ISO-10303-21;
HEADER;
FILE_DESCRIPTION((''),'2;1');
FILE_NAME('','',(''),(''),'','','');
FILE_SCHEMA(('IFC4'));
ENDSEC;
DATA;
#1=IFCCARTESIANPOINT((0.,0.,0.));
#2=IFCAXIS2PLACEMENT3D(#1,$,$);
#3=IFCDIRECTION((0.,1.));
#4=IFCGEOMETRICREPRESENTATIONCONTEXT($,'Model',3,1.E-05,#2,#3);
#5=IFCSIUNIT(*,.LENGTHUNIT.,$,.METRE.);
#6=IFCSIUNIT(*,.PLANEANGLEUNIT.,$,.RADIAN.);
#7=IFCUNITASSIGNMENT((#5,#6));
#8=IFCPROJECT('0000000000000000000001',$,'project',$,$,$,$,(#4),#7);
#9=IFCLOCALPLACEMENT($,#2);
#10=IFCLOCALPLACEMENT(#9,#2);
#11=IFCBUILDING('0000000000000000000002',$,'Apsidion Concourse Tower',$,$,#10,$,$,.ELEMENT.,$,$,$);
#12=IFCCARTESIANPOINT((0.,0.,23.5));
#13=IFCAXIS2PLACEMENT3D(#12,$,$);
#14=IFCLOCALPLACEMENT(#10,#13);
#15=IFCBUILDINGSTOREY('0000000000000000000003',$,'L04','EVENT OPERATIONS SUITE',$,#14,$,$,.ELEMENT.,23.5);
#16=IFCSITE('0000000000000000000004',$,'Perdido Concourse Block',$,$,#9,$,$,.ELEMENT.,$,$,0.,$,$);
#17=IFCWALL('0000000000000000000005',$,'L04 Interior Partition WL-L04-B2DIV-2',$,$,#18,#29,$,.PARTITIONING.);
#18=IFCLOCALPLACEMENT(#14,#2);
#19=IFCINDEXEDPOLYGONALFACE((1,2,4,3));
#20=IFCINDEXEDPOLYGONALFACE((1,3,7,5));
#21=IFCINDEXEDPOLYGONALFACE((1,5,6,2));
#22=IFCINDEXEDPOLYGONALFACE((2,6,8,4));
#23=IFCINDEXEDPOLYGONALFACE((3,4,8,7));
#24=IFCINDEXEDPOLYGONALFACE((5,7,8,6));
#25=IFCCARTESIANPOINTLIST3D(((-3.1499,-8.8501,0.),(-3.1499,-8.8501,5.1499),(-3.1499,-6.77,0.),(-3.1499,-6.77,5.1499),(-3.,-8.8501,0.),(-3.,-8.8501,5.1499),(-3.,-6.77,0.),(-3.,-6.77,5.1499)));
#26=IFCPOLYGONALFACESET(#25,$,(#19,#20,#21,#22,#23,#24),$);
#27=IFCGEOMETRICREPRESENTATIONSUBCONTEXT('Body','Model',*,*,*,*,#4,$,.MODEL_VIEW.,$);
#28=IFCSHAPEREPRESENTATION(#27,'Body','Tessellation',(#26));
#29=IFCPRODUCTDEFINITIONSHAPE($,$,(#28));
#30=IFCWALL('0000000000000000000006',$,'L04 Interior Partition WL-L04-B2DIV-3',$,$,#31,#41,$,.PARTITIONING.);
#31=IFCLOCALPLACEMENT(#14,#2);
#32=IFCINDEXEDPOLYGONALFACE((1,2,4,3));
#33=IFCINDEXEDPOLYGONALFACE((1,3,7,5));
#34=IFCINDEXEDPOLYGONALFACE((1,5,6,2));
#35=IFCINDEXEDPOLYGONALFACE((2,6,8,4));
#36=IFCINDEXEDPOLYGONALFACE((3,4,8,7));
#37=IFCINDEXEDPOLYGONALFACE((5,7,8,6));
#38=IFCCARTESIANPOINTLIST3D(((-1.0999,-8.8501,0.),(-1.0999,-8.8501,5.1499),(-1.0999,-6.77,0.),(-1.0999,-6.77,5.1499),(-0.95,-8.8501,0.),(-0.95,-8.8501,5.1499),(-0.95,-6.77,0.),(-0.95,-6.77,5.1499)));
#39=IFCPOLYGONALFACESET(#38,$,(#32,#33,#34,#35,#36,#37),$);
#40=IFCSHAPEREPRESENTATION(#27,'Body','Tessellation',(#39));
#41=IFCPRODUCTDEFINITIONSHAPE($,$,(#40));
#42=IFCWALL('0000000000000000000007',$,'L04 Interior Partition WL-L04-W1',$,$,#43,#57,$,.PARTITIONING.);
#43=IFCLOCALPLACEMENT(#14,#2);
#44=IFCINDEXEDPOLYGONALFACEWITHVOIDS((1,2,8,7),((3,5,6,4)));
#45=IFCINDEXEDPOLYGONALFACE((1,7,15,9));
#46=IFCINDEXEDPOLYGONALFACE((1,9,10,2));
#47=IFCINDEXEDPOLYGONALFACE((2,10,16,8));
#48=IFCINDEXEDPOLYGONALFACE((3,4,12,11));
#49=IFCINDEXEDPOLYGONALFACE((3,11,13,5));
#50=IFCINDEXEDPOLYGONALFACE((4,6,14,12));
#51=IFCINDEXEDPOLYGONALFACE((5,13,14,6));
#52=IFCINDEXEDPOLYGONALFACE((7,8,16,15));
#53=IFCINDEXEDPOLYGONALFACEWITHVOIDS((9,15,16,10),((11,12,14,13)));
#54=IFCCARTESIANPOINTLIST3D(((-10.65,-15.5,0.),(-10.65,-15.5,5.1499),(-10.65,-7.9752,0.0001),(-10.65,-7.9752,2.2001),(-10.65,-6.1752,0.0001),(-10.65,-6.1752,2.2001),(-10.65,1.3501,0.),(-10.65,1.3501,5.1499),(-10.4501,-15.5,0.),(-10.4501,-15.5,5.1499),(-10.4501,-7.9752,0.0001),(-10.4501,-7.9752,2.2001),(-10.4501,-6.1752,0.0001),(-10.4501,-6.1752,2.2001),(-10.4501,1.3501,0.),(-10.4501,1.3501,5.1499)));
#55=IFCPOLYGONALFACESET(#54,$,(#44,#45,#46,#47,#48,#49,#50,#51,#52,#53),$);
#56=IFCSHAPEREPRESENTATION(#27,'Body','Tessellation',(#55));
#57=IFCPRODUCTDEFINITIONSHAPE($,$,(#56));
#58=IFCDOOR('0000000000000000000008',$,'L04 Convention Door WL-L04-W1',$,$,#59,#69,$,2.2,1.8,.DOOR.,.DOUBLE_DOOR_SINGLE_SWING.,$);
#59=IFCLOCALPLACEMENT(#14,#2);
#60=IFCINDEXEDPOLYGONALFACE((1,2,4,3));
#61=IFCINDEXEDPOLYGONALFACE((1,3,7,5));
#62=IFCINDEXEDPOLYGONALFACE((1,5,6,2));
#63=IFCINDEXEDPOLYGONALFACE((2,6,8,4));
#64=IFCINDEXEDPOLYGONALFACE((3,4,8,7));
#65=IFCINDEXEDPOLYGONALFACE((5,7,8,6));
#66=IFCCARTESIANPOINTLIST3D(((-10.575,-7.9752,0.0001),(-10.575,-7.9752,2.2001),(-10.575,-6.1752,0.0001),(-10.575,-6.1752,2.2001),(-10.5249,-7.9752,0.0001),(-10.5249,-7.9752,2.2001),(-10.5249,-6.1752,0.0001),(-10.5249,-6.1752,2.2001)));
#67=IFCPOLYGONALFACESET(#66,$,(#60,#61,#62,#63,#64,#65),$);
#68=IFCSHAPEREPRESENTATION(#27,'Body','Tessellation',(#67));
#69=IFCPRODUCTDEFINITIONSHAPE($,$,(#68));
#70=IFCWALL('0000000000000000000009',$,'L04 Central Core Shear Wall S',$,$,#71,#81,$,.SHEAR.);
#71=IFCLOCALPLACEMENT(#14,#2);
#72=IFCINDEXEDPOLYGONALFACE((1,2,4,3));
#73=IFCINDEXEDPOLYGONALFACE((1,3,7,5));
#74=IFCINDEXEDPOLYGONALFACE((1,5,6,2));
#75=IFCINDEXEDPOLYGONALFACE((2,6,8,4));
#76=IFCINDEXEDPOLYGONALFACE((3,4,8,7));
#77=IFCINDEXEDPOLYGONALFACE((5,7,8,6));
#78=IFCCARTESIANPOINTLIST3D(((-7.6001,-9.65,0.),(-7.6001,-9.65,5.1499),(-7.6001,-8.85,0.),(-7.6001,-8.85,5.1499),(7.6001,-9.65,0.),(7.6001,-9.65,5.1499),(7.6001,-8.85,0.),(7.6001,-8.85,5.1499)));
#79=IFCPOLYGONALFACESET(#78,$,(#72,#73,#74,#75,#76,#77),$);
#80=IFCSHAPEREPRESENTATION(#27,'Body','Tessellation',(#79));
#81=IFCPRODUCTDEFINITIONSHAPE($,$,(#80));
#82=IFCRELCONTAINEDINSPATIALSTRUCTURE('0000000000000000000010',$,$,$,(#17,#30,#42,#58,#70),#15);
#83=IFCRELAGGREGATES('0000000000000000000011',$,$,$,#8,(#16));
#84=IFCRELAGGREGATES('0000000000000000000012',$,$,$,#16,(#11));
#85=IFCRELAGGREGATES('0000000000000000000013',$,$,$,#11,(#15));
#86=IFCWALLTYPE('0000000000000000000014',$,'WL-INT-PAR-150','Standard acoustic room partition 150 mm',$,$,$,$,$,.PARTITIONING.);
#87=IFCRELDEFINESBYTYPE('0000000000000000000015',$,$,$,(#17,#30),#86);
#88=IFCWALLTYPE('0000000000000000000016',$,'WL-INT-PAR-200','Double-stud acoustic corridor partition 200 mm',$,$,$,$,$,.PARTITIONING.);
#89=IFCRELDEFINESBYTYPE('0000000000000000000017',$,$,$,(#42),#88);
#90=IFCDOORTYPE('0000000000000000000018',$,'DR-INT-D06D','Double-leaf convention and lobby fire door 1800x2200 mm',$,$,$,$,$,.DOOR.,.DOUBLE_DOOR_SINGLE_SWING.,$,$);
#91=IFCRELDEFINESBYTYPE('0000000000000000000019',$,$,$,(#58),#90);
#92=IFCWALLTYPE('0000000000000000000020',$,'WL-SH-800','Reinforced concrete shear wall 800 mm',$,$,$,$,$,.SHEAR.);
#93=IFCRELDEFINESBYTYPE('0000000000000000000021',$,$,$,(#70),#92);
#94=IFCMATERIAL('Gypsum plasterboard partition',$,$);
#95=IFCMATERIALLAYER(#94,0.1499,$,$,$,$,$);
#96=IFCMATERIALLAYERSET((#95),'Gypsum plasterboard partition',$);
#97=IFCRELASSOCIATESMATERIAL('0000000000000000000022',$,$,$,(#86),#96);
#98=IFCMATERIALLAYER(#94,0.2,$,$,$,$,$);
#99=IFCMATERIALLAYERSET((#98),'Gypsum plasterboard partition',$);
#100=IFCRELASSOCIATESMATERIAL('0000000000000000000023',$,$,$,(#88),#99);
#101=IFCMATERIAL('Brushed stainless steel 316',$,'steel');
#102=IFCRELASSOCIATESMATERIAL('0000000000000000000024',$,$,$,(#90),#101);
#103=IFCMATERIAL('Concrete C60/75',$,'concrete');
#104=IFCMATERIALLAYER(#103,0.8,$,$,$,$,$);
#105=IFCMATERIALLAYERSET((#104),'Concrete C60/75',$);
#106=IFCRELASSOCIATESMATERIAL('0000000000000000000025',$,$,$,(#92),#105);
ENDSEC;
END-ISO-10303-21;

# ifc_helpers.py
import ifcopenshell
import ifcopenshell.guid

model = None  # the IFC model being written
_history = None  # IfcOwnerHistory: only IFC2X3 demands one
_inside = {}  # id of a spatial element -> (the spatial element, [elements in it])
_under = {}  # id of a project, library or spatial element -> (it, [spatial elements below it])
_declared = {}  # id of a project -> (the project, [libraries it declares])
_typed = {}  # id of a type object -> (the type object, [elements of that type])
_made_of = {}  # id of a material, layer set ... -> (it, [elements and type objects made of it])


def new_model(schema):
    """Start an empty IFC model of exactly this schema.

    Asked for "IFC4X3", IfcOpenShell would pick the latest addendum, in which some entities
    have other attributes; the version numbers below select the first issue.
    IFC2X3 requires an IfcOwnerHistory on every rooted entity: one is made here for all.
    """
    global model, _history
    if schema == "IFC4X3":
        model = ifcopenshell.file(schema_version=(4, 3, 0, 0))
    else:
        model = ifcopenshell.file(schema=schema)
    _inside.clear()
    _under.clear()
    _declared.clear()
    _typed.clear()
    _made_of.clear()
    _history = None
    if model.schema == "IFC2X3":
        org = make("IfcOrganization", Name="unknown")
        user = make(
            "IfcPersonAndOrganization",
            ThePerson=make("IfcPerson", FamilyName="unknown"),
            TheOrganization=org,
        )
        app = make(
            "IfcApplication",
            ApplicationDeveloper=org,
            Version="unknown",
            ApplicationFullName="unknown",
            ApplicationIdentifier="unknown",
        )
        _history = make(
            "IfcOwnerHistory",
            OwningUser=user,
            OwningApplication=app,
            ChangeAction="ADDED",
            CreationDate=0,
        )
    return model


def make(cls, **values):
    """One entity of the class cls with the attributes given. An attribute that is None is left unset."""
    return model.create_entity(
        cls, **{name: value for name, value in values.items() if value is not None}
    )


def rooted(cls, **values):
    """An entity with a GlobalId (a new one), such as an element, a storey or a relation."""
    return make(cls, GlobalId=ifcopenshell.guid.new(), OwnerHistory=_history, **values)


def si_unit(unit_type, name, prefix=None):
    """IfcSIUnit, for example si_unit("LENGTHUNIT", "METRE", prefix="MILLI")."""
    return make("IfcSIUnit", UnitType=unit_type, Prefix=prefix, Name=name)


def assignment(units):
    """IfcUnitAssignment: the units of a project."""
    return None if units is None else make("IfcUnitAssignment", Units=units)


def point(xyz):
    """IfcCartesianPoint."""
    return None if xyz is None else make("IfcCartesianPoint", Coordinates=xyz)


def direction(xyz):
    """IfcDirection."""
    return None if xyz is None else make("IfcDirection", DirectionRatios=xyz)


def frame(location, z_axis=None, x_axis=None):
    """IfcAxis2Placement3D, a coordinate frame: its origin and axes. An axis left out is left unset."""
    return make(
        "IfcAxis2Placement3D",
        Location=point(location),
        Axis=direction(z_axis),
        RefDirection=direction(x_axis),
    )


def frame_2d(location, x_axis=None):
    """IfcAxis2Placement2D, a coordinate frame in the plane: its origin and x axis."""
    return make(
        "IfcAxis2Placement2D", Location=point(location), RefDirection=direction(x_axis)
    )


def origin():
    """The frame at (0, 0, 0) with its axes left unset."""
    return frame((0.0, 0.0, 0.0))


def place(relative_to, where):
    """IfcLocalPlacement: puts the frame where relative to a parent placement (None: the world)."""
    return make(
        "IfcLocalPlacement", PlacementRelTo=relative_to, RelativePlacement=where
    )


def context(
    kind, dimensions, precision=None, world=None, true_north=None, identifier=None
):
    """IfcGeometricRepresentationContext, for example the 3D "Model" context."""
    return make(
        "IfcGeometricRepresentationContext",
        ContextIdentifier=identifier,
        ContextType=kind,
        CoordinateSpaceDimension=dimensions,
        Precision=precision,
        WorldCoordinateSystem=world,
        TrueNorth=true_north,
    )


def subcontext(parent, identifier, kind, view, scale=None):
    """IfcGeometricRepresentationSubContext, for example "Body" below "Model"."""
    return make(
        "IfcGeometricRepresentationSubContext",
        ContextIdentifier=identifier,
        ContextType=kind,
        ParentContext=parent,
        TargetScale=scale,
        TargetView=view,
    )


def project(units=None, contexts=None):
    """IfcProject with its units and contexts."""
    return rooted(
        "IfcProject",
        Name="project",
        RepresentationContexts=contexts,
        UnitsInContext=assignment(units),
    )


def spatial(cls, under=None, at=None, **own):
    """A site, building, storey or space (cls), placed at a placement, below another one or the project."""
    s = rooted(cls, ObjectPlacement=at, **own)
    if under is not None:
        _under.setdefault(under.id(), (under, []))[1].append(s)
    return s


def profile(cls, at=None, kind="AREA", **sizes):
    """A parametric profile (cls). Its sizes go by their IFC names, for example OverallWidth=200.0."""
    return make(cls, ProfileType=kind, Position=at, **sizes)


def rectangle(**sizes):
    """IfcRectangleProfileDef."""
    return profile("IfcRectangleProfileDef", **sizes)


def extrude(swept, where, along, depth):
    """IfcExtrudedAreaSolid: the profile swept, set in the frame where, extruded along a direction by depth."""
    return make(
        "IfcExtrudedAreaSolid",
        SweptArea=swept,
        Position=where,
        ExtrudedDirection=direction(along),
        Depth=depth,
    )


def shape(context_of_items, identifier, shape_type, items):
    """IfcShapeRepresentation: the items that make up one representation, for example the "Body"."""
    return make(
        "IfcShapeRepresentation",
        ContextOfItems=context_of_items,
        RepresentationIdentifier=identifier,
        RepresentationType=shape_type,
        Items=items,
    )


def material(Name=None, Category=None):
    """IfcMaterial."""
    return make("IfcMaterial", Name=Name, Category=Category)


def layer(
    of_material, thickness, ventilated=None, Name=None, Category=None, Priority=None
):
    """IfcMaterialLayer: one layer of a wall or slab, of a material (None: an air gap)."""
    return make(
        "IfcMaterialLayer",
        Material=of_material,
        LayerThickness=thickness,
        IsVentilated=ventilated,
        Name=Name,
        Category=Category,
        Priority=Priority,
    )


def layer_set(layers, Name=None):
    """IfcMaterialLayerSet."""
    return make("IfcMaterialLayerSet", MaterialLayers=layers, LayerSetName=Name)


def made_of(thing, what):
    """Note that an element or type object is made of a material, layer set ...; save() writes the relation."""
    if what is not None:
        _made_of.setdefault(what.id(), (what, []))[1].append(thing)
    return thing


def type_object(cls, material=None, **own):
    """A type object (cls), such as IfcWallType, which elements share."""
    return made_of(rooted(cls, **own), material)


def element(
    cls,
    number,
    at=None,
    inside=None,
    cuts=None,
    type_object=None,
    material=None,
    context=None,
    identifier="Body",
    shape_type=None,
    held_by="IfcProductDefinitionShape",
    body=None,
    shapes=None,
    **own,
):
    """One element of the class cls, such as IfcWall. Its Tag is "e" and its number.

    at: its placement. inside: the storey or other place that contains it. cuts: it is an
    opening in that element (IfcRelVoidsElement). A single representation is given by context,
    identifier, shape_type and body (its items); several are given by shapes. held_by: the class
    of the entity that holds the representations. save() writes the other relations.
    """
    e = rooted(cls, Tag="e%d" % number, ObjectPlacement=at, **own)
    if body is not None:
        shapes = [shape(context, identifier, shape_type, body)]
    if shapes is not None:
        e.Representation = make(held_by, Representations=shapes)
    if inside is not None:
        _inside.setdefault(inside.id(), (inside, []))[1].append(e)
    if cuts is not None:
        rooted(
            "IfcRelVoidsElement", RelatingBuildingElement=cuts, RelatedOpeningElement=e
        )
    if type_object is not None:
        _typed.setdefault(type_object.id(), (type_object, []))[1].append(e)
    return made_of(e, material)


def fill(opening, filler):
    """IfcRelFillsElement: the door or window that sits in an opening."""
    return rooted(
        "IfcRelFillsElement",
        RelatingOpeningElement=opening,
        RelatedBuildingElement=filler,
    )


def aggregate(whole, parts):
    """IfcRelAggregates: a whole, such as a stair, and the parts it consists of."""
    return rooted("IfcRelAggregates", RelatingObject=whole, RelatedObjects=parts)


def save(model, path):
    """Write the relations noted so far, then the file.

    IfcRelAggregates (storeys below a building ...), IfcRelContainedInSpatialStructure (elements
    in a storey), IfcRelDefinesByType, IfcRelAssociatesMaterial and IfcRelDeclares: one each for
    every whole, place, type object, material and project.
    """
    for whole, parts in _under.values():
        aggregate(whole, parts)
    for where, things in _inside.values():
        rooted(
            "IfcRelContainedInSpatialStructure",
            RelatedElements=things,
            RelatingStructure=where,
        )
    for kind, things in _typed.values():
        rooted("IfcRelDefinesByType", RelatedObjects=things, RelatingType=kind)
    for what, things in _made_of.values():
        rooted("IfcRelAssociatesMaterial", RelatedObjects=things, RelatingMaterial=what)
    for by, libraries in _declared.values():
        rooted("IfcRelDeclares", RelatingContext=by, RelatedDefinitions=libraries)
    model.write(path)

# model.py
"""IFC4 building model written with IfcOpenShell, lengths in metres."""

from ifc_helpers import new_model, si_unit, direction, frame, frame_2d, origin, place, context, subcontext, project, spatial, rectangle, extrude, material, layer, layer_set, type_object, element, fill, save


model = new_model("IFC4")

# Units and contexts
model_context = context("Model", 3, precision=1e-05, world=origin(), true_north=direction((0.0, 1.0)))
body_context = subcontext(model_context, "Body", "Model", "MODEL_VIEW")
ifc_project = project(units=[si_unit("LENGTHUNIT", "METRE"), si_unit("PLANEANGLEUNIT", "RADIAN")], contexts=[model_context])

# Site, building, storey
site_placement = place(None, origin())
site = spatial("IfcSite", under=ifc_project, at=site_placement, Name="Perdido Concourse Block", CompositionType="ELEMENT", RefElevation=0.0)
building_placement = place(site_placement, origin())
building = spatial("IfcBuilding", under=site, at=building_placement, Name="Apsidion Concourse Tower", CompositionType="ELEMENT")
storey_placement = place(building_placement, frame((0.0, 0.0, 23.5)))
storey = spatial("IfcBuildingStorey", under=building, at=storey_placement, Name="L04", Description="EVENT OPERATIONS SUITE", CompositionType="ELEMENT", Elevation=23.5)

# Shared definitions
ifc_material_1 = material(Name="Concrete C60/75", Category="concrete")

# Walls
ifc_material_2 = material(Name="Gypsum plasterboard partition")
ifc_layer_1 = layer(ifc_material_2, 0.1499)
ifc_layer_set_1 = layer_set([ifc_layer_1], Name="Gypsum plasterboard partition")
wall_type_1 = type_object("IfcWallType", Name="WL-INT-PAR-150", Description="Standard acoustic room partition 150 mm", PredefinedType="PARTITIONING", material=ifc_layer_set_1)
for number, where, z_axis, x_axis, name in (
    (1, (-3.075, -8.8501, 0.0), (0.0, 0.0, 1.0), (0.0, 1.0, 0.0), "L04 Interior Partition WL-L04-B2DIV-2"),
    (2, (-1.0249, -8.8501, 0.0), (0.0, 0.0, 1.0), (0.0, 1.0, 0.0), "L04 Interior Partition WL-L04-B2DIV-3"),
):
    element("IfcWall", number, at=place(storey_placement, frame(where, z_axis=z_axis, x_axis=x_axis)), inside=storey, type_object=wall_type_1, Name=name, PredefinedType="PARTITIONING", context=body_context, shape_type="SweptSolid", body=[
        extrude(rectangle(XDim=2.0801, YDim=0.1499, at=frame_2d((1.04, 0.0))), origin(), (0.0, 0.0, 1.0), 5.1499),
    ])

# Wall, opening, door
ifc_layer_2 = layer(ifc_material_2, 0.2)
ifc_layer_set_2 = layer_set([ifc_layer_2], Name="Gypsum plasterboard partition")
wall_type_2 = type_object("IfcWallType", Name="WL-INT-PAR-200", Description="Double-stud acoustic corridor partition 200 mm", PredefinedType="PARTITIONING", material=ifc_layer_set_2)
wall_1_placement = place(storey_placement, frame((-10.55, -15.5, 0.0), z_axis=(0.0, 0.0, 1.0), x_axis=(0.0, 1.0, 0.0)))
wall_1 = element("IfcWall", 3, at=wall_1_placement, inside=storey, type_object=wall_type_2, Name="L04 Interior Partition WL-L04-W1", PredefinedType="PARTITIONING", context=body_context, shape_type="SweptSolid", body=[
    extrude(rectangle(XDim=16.8501, YDim=0.2, at=frame_2d((8.425, 0.0))), origin(), (0.0, 0.0, 1.0), 5.1499),
])
opening_1_placement = place(wall_1_placement, frame((7.5249, 0.0, 0.0)))
opening_1 = element("IfcOpeningElement", 4, at=opening_1_placement, cuts=wall_1, PredefinedType="OPENING", context=body_context, shape_type="SweptSolid", body=[
    extrude(rectangle(XDim=1.8, YDim=2.2, at=frame_2d((0.8999, 1.1001))), frame((0.0, 0.1099, 0.0), z_axis=(0.0, -1.0, 0.0), x_axis=(1.0, 0.0, 0.0)), (0.0, 0.0, 1.0), 0.22),
])
ifc_material_3 = material(Name="Brushed stainless steel 316", Category="steel")
door_type_1 = type_object("IfcDoorType", Name="DR-INT-D06D", Description="Double-leaf convention and lobby fire door 1800x2200 mm", OperationType="DOUBLE_DOOR_SINGLE_SWING", PredefinedType="DOOR", material=ifc_material_3)
door_1_placement = place(opening_1_placement, origin())
door_1 = element("IfcDoor", 5, at=door_1_placement, inside=storey, type_object=door_type_1, Name="L04 Convention Door WL-L04-W1", OperationType="DOUBLE_DOOR_SINGLE_SWING", OverallHeight=2.2, OverallWidth=1.8, PredefinedType="DOOR", context=body_context, shape_type="SweptSolid", body=[
    extrude(rectangle(XDim=1.8, YDim=2.2, at=frame_2d((0.8999, 1.1001))), frame((0.0, 0.0249, 0.0), z_axis=(0.0, -1.0, 0.0), x_axis=(1.0, 0.0, 0.0)), (0.0, 0.0, 1.0), 0.05),
])
fill(opening_1, door_1)

# Shared definitions
ifc_layer_3 = layer(ifc_material_1, 0.8)
ifc_layer_set_3 = layer_set([ifc_layer_3], Name="Concrete C60/75")
wall_type_3 = type_object("IfcWallType", Name="WL-SH-800", Description="Reinforced concrete shear wall 800 mm", PredefinedType="SHEAR", material=ifc_layer_set_3)

# Wall
wall_2_placement = place(storey_placement, frame((-7.6001, -9.25, 0.0), z_axis=(0.0, 0.0, 1.0), x_axis=(1.0, 0.0, 0.0)))
element("IfcWall", 6, at=wall_2_placement, inside=storey, type_object=wall_type_3, Name="L04 Central Core Shear Wall S", PredefinedType="SHEAR", context=body_context, shape_type="SweptSolid", body=[
    extrude(rectangle(XDim=15.2002, YDim=0.8, at=frame_2d((7.6001, 0.0))), origin(), (0.0, 0.0, 1.0), 5.1499),
])

save(model, "model.ifc")
